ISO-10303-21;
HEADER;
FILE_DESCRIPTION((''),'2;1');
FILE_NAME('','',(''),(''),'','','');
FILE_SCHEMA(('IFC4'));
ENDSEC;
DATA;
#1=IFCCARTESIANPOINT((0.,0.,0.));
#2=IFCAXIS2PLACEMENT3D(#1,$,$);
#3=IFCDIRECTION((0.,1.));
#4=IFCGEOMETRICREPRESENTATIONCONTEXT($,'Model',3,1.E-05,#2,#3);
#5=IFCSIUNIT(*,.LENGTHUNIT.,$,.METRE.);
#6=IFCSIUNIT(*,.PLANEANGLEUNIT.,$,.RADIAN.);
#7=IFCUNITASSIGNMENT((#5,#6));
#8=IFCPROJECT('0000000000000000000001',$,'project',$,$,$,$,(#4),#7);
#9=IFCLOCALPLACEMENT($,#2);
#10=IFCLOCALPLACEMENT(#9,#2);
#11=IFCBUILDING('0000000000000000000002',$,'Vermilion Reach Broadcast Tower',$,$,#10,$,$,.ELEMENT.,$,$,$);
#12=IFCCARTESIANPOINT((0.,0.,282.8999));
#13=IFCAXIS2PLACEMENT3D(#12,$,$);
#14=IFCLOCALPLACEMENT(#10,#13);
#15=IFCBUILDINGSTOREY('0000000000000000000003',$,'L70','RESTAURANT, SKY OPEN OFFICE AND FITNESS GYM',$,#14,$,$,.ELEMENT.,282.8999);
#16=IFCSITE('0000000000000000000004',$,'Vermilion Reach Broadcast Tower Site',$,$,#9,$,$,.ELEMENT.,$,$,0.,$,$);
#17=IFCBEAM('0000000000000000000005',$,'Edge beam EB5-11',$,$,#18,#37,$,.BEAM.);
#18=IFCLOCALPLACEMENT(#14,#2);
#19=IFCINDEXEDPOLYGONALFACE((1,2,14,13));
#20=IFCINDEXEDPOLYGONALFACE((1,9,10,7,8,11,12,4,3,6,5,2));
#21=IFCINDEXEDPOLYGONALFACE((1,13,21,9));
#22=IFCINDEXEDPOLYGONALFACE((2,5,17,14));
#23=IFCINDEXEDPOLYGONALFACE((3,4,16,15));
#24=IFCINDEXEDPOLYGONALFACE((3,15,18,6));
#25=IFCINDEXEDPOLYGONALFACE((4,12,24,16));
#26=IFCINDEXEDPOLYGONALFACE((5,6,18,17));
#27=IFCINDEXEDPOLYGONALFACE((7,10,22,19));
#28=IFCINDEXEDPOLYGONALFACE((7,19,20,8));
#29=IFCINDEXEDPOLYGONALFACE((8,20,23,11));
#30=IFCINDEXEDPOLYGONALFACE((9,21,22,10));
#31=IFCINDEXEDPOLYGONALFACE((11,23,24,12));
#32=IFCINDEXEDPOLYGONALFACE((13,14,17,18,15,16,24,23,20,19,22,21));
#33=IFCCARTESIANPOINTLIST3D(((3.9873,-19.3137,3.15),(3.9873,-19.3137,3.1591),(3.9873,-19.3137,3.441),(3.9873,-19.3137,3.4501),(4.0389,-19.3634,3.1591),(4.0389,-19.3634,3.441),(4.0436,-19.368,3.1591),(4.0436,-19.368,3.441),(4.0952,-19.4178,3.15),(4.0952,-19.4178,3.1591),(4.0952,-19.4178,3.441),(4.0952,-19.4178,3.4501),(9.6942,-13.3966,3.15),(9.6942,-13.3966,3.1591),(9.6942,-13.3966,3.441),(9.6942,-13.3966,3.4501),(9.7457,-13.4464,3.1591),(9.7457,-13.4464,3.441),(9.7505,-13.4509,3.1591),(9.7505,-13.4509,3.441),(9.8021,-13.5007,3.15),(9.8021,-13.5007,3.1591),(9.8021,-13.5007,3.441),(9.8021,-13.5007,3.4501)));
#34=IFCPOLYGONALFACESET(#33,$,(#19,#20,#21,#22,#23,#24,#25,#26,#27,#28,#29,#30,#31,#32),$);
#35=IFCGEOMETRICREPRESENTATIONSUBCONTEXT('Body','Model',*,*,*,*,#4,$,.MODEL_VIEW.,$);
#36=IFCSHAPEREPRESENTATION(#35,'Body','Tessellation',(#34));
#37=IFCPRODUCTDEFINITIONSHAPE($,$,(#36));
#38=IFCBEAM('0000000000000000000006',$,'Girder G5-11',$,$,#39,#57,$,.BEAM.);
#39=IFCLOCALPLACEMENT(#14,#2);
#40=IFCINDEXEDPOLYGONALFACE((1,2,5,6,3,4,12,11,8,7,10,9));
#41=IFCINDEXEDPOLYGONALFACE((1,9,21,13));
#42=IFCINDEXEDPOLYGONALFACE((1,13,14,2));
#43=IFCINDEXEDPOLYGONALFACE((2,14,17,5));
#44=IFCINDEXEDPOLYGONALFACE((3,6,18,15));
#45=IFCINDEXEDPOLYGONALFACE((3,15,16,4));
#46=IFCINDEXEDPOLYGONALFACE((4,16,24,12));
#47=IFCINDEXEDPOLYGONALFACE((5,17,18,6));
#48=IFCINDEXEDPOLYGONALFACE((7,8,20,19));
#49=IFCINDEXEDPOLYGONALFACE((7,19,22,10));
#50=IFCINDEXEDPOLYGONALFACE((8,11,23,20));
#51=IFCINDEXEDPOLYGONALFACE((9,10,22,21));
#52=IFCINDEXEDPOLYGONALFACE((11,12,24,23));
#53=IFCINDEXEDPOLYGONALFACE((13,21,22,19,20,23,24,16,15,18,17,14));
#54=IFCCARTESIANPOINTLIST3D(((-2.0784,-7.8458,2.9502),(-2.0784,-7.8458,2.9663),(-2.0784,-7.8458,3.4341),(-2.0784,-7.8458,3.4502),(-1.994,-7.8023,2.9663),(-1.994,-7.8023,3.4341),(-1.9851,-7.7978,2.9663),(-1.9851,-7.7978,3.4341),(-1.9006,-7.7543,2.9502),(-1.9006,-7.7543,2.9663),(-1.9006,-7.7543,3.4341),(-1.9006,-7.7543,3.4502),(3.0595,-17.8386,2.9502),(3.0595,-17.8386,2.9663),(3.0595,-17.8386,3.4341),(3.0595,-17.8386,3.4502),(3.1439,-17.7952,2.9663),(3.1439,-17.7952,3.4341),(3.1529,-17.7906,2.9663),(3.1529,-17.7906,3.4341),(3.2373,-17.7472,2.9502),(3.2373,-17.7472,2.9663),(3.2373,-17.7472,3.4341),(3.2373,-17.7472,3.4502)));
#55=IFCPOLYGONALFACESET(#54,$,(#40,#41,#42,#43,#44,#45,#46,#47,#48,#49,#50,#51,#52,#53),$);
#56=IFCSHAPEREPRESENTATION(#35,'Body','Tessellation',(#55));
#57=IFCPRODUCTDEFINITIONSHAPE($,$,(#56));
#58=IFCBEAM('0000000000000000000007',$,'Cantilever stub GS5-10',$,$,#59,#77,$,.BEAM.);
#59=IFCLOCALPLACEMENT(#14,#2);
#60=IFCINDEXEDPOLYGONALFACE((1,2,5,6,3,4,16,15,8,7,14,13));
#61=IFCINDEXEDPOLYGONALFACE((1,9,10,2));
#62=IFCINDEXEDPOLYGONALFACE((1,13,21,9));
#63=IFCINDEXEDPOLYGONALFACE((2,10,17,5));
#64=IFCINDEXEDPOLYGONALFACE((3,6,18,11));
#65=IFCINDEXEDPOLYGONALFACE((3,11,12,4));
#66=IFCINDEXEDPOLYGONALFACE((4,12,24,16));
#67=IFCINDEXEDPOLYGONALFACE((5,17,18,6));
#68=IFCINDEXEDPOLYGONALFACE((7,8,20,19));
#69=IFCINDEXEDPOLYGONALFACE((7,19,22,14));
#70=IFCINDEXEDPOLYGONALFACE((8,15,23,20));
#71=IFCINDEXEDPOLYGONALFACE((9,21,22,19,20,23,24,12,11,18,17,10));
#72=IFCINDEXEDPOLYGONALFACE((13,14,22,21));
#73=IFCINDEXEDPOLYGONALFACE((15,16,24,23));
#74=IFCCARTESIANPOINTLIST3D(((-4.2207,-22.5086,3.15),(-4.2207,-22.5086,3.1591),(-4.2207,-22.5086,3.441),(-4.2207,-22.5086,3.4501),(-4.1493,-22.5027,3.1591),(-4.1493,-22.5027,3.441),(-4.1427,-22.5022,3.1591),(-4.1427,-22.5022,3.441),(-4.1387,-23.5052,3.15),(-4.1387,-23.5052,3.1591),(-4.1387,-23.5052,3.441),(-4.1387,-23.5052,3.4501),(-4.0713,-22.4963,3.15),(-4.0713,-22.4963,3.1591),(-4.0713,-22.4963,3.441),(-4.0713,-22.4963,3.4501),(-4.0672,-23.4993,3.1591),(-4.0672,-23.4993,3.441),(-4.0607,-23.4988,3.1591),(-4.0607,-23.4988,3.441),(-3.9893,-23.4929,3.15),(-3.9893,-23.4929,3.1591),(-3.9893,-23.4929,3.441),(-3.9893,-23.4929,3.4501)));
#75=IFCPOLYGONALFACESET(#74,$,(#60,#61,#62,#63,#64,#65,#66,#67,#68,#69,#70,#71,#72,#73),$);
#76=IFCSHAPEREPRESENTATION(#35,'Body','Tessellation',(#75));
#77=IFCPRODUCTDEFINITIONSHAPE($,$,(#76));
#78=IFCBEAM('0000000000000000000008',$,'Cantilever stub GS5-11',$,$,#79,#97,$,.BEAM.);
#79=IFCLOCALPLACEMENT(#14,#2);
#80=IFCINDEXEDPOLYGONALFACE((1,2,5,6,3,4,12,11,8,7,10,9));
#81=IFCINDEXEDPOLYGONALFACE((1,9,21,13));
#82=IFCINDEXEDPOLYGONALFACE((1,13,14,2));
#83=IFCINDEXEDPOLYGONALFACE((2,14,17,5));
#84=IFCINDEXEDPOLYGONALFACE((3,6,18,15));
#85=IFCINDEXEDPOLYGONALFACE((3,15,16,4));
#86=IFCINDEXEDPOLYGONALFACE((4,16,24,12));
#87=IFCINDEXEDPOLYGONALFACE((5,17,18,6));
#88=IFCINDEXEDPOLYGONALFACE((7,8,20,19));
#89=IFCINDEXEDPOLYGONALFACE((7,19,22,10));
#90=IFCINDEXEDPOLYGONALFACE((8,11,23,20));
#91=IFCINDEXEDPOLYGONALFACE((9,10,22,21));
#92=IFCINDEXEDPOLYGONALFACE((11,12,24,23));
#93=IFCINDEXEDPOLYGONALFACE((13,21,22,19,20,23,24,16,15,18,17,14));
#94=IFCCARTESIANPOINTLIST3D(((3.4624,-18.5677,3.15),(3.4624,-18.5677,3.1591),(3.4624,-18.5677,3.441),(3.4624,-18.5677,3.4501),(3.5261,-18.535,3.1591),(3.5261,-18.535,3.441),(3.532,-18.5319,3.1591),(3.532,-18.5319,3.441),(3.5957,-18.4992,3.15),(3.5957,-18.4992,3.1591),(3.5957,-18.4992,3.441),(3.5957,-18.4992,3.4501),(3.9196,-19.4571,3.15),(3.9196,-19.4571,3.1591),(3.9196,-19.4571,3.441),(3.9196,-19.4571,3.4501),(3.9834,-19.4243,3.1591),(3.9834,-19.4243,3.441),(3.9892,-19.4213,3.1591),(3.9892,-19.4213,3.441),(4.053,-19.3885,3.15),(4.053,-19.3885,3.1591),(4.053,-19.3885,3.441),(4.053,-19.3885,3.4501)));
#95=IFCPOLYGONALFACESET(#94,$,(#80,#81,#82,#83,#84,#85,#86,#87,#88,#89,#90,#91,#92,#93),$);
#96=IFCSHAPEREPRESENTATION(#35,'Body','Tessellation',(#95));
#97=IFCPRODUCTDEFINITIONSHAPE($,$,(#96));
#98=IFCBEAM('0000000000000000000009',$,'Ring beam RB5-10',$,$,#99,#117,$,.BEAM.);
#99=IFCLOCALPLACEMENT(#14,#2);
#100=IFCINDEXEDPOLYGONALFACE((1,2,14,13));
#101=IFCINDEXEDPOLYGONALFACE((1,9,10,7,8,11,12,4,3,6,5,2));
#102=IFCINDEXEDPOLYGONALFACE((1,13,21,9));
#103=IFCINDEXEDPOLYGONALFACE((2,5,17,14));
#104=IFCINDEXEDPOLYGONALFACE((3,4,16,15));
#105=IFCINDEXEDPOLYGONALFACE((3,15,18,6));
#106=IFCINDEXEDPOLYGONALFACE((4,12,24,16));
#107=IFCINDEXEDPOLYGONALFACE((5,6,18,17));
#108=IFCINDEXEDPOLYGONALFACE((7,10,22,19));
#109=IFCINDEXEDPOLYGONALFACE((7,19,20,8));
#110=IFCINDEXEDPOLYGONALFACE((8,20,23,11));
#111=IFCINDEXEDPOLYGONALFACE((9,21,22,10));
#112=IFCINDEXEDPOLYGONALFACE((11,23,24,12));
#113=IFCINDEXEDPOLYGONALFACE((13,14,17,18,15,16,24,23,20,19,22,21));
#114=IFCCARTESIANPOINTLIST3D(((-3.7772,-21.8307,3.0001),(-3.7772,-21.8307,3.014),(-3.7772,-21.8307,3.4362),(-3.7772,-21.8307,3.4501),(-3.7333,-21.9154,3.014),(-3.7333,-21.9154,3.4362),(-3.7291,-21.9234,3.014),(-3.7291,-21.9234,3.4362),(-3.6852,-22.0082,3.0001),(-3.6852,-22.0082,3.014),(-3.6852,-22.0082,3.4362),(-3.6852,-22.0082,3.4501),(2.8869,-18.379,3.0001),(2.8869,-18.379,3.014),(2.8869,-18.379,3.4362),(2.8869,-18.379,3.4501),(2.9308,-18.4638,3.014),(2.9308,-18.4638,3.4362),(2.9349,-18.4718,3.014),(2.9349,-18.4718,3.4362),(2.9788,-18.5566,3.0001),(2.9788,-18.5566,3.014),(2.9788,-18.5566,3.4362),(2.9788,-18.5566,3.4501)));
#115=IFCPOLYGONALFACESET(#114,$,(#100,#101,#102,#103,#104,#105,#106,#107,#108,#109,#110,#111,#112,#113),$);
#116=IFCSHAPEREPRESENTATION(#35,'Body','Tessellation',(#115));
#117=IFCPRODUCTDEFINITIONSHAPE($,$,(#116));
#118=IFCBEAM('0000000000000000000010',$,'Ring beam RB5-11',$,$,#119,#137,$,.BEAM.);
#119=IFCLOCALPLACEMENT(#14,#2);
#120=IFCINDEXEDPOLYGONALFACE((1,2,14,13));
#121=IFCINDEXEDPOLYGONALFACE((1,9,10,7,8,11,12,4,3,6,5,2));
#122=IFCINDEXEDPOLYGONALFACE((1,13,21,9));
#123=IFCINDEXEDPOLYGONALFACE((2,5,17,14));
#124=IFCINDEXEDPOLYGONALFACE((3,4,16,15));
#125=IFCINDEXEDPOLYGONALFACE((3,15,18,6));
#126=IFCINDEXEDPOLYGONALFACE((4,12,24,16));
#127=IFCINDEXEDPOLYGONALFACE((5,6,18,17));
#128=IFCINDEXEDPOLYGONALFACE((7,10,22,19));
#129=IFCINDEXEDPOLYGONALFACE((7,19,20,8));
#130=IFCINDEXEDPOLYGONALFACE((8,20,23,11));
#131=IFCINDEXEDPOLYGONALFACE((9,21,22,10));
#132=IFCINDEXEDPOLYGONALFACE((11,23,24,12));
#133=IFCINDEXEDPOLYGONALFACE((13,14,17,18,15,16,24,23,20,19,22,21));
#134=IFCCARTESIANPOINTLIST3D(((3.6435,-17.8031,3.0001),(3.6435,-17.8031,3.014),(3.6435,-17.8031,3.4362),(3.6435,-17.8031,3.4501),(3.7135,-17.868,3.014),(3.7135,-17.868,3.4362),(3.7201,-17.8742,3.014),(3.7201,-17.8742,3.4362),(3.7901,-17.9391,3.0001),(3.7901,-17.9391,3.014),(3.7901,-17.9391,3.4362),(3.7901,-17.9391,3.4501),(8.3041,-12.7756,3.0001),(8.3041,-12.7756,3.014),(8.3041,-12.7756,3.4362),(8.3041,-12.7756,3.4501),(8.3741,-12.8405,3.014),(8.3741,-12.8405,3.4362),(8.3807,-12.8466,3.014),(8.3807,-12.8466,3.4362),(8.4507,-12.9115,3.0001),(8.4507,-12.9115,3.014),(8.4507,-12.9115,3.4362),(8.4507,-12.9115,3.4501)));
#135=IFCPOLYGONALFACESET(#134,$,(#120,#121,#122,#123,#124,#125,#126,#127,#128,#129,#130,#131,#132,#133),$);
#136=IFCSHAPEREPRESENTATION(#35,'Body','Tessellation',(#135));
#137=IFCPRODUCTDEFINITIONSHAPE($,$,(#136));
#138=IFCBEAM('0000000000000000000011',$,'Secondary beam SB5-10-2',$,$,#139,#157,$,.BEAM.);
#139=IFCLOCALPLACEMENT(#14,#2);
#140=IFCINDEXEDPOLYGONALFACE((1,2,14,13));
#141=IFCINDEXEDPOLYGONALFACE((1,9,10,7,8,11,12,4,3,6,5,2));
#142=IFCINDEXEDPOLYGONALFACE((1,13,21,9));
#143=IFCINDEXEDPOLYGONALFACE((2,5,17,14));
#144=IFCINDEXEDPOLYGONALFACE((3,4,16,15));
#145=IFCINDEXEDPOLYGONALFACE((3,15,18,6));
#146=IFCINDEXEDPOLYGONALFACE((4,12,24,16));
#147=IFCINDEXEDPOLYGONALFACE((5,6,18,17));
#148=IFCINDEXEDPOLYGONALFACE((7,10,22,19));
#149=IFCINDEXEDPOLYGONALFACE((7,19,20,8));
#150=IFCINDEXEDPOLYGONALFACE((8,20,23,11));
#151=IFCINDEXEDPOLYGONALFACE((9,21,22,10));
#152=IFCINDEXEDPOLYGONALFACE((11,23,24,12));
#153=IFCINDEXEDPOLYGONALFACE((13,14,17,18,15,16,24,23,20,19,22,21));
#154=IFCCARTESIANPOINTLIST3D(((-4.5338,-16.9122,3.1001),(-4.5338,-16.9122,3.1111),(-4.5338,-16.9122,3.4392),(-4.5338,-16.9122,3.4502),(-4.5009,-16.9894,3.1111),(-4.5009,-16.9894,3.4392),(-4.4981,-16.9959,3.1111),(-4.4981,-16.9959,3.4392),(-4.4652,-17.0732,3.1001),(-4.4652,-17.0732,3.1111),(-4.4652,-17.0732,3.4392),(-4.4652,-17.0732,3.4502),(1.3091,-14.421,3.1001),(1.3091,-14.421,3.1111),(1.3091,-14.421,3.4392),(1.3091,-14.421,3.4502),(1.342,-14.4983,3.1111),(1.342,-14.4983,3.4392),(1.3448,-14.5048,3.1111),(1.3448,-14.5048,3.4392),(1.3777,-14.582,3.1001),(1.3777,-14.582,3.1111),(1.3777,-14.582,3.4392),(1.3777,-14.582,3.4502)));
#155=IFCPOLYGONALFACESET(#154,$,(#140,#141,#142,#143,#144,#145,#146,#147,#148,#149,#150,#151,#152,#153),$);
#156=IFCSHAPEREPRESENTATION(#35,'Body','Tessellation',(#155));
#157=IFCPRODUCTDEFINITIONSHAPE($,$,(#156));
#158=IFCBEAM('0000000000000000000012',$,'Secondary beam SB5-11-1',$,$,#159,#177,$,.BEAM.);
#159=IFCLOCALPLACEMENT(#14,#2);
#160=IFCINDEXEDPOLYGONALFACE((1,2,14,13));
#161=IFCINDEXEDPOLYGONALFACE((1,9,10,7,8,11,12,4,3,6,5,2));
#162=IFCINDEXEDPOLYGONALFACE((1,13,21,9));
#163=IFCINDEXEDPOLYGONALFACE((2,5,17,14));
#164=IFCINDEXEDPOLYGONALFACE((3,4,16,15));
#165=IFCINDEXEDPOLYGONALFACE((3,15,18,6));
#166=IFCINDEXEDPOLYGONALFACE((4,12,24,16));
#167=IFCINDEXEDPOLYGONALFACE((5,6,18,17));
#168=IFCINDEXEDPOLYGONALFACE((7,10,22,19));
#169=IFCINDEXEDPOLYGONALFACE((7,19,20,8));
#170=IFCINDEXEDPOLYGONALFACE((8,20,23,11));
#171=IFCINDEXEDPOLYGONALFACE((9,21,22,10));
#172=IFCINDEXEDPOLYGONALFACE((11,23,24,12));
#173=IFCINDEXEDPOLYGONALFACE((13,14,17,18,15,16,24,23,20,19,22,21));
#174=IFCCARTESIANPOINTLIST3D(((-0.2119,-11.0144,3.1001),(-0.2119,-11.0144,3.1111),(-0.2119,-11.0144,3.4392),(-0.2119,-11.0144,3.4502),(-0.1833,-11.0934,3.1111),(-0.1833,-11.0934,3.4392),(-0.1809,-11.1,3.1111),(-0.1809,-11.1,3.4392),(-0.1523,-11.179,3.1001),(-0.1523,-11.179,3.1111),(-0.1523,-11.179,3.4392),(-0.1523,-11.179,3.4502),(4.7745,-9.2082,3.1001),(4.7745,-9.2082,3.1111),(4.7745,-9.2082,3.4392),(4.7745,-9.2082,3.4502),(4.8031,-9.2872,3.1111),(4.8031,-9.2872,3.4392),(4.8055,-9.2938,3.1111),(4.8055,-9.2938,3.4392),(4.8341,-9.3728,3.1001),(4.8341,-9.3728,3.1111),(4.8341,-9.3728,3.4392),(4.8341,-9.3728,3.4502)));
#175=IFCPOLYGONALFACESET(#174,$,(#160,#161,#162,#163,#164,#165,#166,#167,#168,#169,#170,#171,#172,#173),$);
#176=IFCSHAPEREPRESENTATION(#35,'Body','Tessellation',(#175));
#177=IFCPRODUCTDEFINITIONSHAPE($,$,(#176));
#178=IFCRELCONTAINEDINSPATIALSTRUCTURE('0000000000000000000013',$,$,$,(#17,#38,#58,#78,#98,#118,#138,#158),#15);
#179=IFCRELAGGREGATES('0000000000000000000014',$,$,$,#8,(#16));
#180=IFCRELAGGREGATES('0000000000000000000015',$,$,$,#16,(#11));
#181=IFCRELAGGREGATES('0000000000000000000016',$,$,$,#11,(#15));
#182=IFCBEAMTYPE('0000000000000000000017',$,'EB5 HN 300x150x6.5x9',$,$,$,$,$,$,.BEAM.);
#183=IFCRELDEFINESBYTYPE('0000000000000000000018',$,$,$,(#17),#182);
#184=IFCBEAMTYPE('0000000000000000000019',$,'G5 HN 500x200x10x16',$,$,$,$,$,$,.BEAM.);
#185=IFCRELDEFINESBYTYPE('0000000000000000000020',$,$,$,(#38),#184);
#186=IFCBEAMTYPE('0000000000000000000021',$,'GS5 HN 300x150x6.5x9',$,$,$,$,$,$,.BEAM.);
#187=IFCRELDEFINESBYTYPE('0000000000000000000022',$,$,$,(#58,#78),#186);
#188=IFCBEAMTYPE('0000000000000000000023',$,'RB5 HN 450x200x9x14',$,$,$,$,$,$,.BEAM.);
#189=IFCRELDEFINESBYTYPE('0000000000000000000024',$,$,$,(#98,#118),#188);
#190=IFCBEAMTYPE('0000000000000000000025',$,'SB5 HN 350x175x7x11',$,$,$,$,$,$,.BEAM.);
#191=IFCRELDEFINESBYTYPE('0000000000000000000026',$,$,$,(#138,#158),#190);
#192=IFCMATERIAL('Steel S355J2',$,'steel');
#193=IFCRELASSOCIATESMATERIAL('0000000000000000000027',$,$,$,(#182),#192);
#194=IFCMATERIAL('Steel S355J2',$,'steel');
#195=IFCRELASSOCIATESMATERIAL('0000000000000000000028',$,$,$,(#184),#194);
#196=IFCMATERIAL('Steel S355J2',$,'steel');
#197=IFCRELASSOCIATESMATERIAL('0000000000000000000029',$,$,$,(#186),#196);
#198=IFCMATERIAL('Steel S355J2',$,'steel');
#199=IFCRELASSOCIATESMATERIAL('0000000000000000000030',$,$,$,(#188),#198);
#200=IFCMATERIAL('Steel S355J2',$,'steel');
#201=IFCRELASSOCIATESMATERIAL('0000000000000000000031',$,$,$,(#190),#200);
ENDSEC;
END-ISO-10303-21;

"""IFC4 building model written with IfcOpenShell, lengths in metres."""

from ifc_helpers import new_model, si_unit, direction, frame, origin, origin_2d, place, context, subcontext, project, spatial, i_section, extrude, material, material_profile, profile_set, type_object, element, save


model = new_model("IFC4")

# Units and contexts
model_context = context("Model", 3, precision=1e-05, world=origin(), true_north=direction((0.0, 1.0)))
body_context = subcontext(model_context, "Body", "Model", "MODEL_VIEW")
ifc_project = project(units=[si_unit("LENGTHUNIT", "METRE"), si_unit("PLANEANGLEUNIT", "RADIAN")], contexts=[model_context])

# Site, building, storey
site_placement = place(None, origin())
site = spatial("IfcSite", under=ifc_project, at=site_placement, Name="Vermilion Reach Broadcast Tower Site", CompositionType="ELEMENT", RefElevation=0.0)
building_placement = place(site_placement, origin())
building = spatial("IfcBuilding", under=site, at=building_placement, Name="Vermilion Reach Broadcast Tower", CompositionType="ELEMENT")
storey_placement = place(building_placement, frame((0.0, 0.0, 282.8999)))
storey = spatial("IfcBuildingStorey", under=building, at=storey_placement, Name="L70", Description="RESTAURANT, SKY OPEN OFFICE AND FITNESS GYM", CompositionType="ELEMENT", Elevation=282.8999)

# Beams
ifc_material_1 = material(Name="Steel S355J2", Category="steel")
ifc_material_profile_1 = material_profile(ifc_material_1, i_section(OverallWidth=0.1499, OverallDepth=0.3, WebThickness=0.0066, FlangeThickness=0.009, at=origin_2d()), Name="S355J2 HN 300x150x6.5x9")
ifc_profile_set_1 = profile_set([ifc_material_profile_1], Name="Steel S355J2")
beam_type_1 = type_object("IfcBeamType", Name="EB5 HN 300x150x6.5x9", PredefinedType="BEAM", material=ifc_profile_set_1)
beam_1_placement = place(storey_placement, frame((4.0413, -19.3657, 3.3), z_axis=(0.694206, 0.719776, 0.0), x_axis=(-0.719776, 0.694206, 0.0)))
element("IfcBeam", 1, at=beam_1_placement, inside=storey, type_object=beam_type_1, Name="Edge beam EB5-11", PredefinedType="BEAM", context=body_context, shape_type="SweptSolid", body=[
    extrude(i_section(OverallWidth=0.1499, OverallDepth=0.3, WebThickness=0.0066, FlangeThickness=0.009, at=origin_2d()), origin(), (0.0, 0.0, 1.0), 8.2207),
])
ifc_material_2 = material(Name="Steel S355J2", Category="steel")
ifc_material_profile_2 = material_profile(ifc_material_2, i_section(OverallWidth=0.2, OverallDepth=0.5, WebThickness=0.01, FlangeThickness=0.0161, at=origin_2d()), Name="S355J2 HN 500x200x10x16")
ifc_profile_set_2 = profile_set([ifc_material_profile_2], Name="Steel S355J2")
beam_type_2 = type_object("IfcBeamType", Name="G5 HN 500x200x10x16", PredefinedType="BEAM", material=ifc_profile_set_2)
beam_2_placement = place(storey_placement, frame((-1.9895, -7.8, 3.2002), z_axis=(0.457258, -0.889334, 0.0), x_axis=(0.889334, 0.457258, 0.0)))
element("IfcBeam", 2, at=beam_2_placement, inside=storey, type_object=beam_type_2, Name="Girder G5-11", PredefinedType="BEAM", context=body_context, shape_type="SweptSolid", body=[
    extrude(i_section(OverallWidth=0.2, OverallDepth=0.5, WebThickness=0.01, FlangeThickness=0.0161, at=origin_2d()), origin(), (0.0, 0.0, 1.0), 11.2363),
])
ifc_material_3 = material(Name="Steel S355J2", Category="steel")
ifc_material_profile_3 = material_profile(ifc_material_3, i_section(OverallWidth=0.1499, OverallDepth=0.3, WebThickness=0.0066, FlangeThickness=0.009, at=origin_2d()), Name="S355J2 HN 300x150x6.5x9")
ifc_profile_set_3 = profile_set([ifc_material_profile_3], Name="Steel S355J2")
beam_type_3 = type_object("IfcBeamType", Name="GS5 HN 300x150x6.5x9", PredefinedType="BEAM", material=ifc_profile_set_3)
for number, where, z_axis, x_axis, name in (
    (3, (-4.146, -22.5024, 3.3), (0.082035, -0.996629, 0.0), (0.996629, 0.082035, 0.0), "Cantilever stub GS5-10"),
    (4, (3.5291, -18.5334, 3.3), (0.457243, -0.889342, 0.0), (0.889342, 0.457243, 0.0), "Cantilever stub GS5-11"),
):
    element("IfcBeam", number, at=place(storey_placement, frame(where, z_axis=z_axis, x_axis=x_axis)), inside=storey, type_object=beam_type_3, Name=name, PredefinedType="BEAM", context=body_context, shape_type="SweptSolid", body=[
        extrude(i_section(OverallWidth=0.1499, OverallDepth=0.3, WebThickness=0.0066, FlangeThickness=0.009, at=origin_2d()), origin(), (0.0, 0.0, 1.0), 1.0),
    ])
ifc_material_4 = material(Name="Steel S355J2", Category="steel")
ifc_material_profile_4 = material_profile(ifc_material_4, i_section(OverallWidth=0.2, OverallDepth=0.45, WebThickness=0.009, FlangeThickness=0.0139, at=origin_2d()), Name="S355J2 HN 450x200x9x14")
ifc_profile_set_4 = profile_set([ifc_material_profile_4], Name="Steel S355J2")
beam_type_4 = type_object("IfcBeamType", Name="RB5 HN 450x200x9x14", PredefinedType="BEAM", material=ifc_profile_set_4)
beam_3_placement = place(storey_placement, frame((-3.7312, -21.9194, 3.2251), z_axis=(0.88796, 0.45992, 0.0), x_axis=(-0.45992, 0.88796, 0.0)))
element("IfcBeam", 5, at=beam_3_placement, inside=storey, type_object=beam_type_4, Name="Ring beam RB5-10", PredefinedType="BEAM", context=body_context, shape_type="SweptSolid", body=[
    extrude(i_section(OverallWidth=0.2, OverallDepth=0.45, WebThickness=0.009, FlangeThickness=0.0139, at=origin_2d()), origin(), (0.0, 0.0, 1.0), 7.5049),
])
beam_4_placement = place(storey_placement, frame((3.7168, -17.8711, 3.2251), z_axis=(0.679838, 0.733363, 0.0), x_axis=(-0.733363, 0.679838, 0.0)))
element("IfcBeam", 6, at=beam_4_placement, inside=storey, type_object=beam_type_4, Name="Ring beam RB5-11", PredefinedType="BEAM", context=body_context, shape_type="SweptSolid", body=[
    extrude(i_section(OverallWidth=0.2, OverallDepth=0.45, WebThickness=0.009, FlangeThickness=0.0139, at=origin_2d()), origin(), (0.0, 0.0, 1.0), 6.8555),
])
ifc_material_5 = material(Name="Steel S355J2", Category="steel")
ifc_material_profile_5 = material_profile(ifc_material_5, i_section(OverallWidth=0.175, OverallDepth=0.3501, WebThickness=0.0071, FlangeThickness=0.011, at=origin_2d()), Name="S355J2 HN 350x175x7x11")
ifc_profile_set_5 = profile_set([ifc_material_profile_5], Name="Steel S355J2")
beam_type_5 = type_object("IfcBeamType", Name="SB5 HN 350x175x7x11", PredefinedType="BEAM", material=ifc_profile_set_5)
beam_5_placement = place(storey_placement, frame((-4.4995, -16.9927, 3.2751), z_axis=(0.919881, 0.392198, 0.0), x_axis=(-0.392198, 0.919881, 0.0)))
element("IfcBeam", 7, at=beam_5_placement, inside=storey, type_object=beam_type_5, Name="Secondary beam SB5-10-2", PredefinedType="BEAM", context=body_context, shape_type="SweptSolid", body=[
    extrude(i_section(OverallWidth=0.175, OverallDepth=0.3501, WebThickness=0.0071, FlangeThickness=0.011, at=origin_2d()), origin(), (0.0, 0.0, 1.0), 6.3518),
])
beam_6_placement = place(storey_placement, frame((-0.1821, -11.0967, 3.2751), z_axis=(0.94022, 0.340567, 0.0), x_axis=(-0.340567, 0.94022, 0.0)))
element("IfcBeam", 8, at=beam_6_placement, inside=storey, type_object=beam_type_5, Name="Secondary beam SB5-11-1", PredefinedType="BEAM", context=body_context, shape_type="SweptSolid", body=[
    extrude(i_section(OverallWidth=0.175, OverallDepth=0.3501, WebThickness=0.0071, FlangeThickness=0.011, at=origin_2d()), origin(), (0.0, 0.0, 1.0), 5.3035),
])

save(model, "model.ifc")
